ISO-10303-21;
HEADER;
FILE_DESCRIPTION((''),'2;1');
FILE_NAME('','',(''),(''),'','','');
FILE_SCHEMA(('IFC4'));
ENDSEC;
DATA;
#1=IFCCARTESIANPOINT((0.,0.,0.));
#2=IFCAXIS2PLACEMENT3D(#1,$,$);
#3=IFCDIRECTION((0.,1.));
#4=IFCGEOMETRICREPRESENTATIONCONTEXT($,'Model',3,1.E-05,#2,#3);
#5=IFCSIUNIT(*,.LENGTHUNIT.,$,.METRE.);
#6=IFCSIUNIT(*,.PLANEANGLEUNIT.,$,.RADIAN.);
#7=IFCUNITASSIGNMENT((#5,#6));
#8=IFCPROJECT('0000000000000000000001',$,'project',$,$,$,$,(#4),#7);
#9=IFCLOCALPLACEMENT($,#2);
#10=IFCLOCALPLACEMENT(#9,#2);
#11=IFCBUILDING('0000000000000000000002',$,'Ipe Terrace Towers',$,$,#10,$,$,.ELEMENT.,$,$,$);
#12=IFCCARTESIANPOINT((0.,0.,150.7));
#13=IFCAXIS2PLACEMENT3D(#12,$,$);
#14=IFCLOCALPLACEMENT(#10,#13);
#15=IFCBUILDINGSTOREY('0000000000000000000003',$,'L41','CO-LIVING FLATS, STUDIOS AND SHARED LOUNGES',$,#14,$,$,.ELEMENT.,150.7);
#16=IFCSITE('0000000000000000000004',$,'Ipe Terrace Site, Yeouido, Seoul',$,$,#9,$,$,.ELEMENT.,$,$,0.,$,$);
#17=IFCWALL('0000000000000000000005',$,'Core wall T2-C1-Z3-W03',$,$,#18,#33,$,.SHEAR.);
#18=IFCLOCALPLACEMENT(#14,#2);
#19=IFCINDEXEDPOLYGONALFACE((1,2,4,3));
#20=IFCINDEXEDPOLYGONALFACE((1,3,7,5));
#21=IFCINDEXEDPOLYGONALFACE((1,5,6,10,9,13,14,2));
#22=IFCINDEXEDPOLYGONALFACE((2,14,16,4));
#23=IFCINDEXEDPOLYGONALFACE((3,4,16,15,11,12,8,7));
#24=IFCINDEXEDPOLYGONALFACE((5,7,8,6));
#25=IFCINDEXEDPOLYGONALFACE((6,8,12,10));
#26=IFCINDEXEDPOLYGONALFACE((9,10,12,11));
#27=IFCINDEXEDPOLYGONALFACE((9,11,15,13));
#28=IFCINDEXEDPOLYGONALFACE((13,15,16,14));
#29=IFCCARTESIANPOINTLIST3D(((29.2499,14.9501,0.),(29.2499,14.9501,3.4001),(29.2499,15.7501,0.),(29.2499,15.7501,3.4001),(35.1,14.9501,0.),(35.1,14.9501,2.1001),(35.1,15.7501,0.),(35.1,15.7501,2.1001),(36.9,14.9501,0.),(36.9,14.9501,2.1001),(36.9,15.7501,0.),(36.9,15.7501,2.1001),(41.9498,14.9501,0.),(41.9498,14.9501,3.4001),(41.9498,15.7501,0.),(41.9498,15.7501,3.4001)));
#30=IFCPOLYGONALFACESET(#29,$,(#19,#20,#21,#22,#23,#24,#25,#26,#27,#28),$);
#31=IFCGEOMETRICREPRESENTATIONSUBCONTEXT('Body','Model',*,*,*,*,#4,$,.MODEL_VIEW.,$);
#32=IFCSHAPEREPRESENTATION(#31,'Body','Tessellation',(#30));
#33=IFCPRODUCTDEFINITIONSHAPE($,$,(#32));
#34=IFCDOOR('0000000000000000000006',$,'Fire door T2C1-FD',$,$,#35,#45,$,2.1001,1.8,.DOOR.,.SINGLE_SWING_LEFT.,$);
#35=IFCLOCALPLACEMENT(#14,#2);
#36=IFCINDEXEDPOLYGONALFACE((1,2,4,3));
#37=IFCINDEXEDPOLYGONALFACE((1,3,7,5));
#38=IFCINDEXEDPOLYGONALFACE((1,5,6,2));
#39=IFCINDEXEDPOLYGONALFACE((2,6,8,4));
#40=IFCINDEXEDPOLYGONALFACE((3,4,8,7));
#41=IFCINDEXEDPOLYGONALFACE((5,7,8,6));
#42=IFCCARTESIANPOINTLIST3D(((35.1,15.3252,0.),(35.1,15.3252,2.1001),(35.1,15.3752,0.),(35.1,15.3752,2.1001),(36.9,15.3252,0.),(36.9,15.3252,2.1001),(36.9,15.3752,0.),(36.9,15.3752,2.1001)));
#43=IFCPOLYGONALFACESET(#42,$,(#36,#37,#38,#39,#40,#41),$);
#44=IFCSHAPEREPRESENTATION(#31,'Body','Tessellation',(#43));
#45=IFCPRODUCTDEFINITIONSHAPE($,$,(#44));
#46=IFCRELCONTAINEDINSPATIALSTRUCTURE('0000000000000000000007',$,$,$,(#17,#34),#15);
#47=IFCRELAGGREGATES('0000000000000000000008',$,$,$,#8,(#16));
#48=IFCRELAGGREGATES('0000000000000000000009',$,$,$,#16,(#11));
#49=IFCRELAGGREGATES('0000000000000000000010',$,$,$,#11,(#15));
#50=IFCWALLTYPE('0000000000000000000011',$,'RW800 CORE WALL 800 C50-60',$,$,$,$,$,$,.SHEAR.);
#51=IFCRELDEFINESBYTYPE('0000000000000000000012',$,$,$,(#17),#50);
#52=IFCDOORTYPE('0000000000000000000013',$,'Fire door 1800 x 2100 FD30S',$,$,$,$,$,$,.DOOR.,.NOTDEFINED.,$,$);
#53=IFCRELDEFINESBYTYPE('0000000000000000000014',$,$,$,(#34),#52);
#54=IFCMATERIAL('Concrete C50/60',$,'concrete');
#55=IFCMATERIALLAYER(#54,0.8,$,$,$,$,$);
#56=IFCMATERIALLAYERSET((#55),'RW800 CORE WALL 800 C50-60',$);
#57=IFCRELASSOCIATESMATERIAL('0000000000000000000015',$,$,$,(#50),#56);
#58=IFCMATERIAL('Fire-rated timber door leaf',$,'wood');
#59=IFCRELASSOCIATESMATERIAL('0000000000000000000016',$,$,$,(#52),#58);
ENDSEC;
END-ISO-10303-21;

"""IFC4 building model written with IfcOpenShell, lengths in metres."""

from ifc_helpers import new_model, si_unit, direction, frame, frame_2d, origin, place, context, subcontext, project, spatial, rectangle, extrude, material, layer, layer_set, type_object, element, fill, save


model = new_model("IFC4")

# Units and contexts
model_context = context("Model", 3, precision=1e-05, world=origin(), true_north=direction((0.0, 1.0)))
body_context = subcontext(model_context, "Body", "Model", "MODEL_VIEW")
ifc_project = project(units=[si_unit("LENGTHUNIT", "METRE"), si_unit("PLANEANGLEUNIT", "RADIAN")], contexts=[model_context])

# Site, building, storey
site_placement = place(None, origin())
site = spatial("IfcSite", under=ifc_project, at=site_placement, Name="Ipe Terrace Site, Yeouido, Seoul", CompositionType="ELEMENT", RefElevation=0.0)
building_placement = place(site_placement, origin())
building = spatial("IfcBuilding", under=site, at=building_placement, Name="Ipe Terrace Towers", CompositionType="ELEMENT")
storey_placement = place(building_placement, frame((0.0, 0.0, 150.7)))
storey = spatial("IfcBuildingStorey", under=building, at=storey_placement, Name="L41", Description="CO-LIVING FLATS, STUDIOS AND SHARED LOUNGES", CompositionType="ELEMENT", Elevation=150.7)

# Wall, opening, door
ifc_material_1 = material(Name="Concrete C50/60", Category="concrete")
ifc_layer_1 = layer(ifc_material_1, 0.8)
ifc_layer_set_1 = layer_set([ifc_layer_1], Name="RW800 CORE WALL 800 C50-60")
wall_type_1 = type_object("IfcWallType", Name="RW800 CORE WALL 800 C50-60", PredefinedType="SHEAR", material=ifc_layer_set_1)
wall_1_placement = place(storey_placement, frame((41.95, 15.3501, 0.0), z_axis=(0.0, 0.0, 1.0), x_axis=(-1.0, 0.0, 0.0)))
wall_1 = element("IfcWall", 1, at=wall_1_placement, inside=storey, type_object=wall_type_1, Name="Core wall T2-C1-Z3-W03", PredefinedType="SHEAR", context=body_context, shape_type="SweptSolid", body=[
    extrude(rectangle(XDim=12.7, YDim=0.8, at=frame_2d((6.3501, 0.0))), origin(), (0.0, 0.0, 1.0), 3.4001),
])
opening_1_placement = place(wall_1_placement, frame((5.05, 0.0, 0.0)))
opening_1 = element("IfcOpeningElement", 2, at=opening_1_placement, cuts=wall_1, PredefinedType="OPENING", context=body_context, shape_type="SweptSolid", body=[
    extrude(rectangle(XDim=1.8, YDim=2.1001, at=frame_2d((0.8999, 1.05))), frame((0.0, 0.4102, 0.0), z_axis=(0.0, -1.0, 0.0), x_axis=(1.0, 0.0, 0.0)), (0.0, 0.0, 1.0), 0.8201),
])
ifc_material_2 = material(Name="Fire-rated timber door leaf", Category="wood")
door_type_1 = type_object("IfcDoorType", Name="Fire door 1800 x 2100 FD30S", OperationType="NOTDEFINED", PredefinedType="DOOR", material=ifc_material_2)
door_1_placement = place(opening_1_placement, origin())
door_1 = element("IfcDoor", 3, at=door_1_placement, inside=storey, type_object=door_type_1, Name="Fire door T2C1-FD", OperationType="SINGLE_SWING_LEFT", OverallHeight=2.1001, OverallWidth=1.8, PredefinedType="DOOR", context=body_context, shape_type="SweptSolid", body=[
    extrude(rectangle(XDim=1.8, YDim=2.1001, at=frame_2d((0.8999, 1.05))), frame((0.0, 0.0249, 0.0), z_axis=(0.0, -1.0, 0.0), x_axis=(1.0, 0.0, 0.0)), (0.0, 0.0, 1.0), 0.05),
])
fill(opening_1, door_1)

save(model, "model.ifc")
